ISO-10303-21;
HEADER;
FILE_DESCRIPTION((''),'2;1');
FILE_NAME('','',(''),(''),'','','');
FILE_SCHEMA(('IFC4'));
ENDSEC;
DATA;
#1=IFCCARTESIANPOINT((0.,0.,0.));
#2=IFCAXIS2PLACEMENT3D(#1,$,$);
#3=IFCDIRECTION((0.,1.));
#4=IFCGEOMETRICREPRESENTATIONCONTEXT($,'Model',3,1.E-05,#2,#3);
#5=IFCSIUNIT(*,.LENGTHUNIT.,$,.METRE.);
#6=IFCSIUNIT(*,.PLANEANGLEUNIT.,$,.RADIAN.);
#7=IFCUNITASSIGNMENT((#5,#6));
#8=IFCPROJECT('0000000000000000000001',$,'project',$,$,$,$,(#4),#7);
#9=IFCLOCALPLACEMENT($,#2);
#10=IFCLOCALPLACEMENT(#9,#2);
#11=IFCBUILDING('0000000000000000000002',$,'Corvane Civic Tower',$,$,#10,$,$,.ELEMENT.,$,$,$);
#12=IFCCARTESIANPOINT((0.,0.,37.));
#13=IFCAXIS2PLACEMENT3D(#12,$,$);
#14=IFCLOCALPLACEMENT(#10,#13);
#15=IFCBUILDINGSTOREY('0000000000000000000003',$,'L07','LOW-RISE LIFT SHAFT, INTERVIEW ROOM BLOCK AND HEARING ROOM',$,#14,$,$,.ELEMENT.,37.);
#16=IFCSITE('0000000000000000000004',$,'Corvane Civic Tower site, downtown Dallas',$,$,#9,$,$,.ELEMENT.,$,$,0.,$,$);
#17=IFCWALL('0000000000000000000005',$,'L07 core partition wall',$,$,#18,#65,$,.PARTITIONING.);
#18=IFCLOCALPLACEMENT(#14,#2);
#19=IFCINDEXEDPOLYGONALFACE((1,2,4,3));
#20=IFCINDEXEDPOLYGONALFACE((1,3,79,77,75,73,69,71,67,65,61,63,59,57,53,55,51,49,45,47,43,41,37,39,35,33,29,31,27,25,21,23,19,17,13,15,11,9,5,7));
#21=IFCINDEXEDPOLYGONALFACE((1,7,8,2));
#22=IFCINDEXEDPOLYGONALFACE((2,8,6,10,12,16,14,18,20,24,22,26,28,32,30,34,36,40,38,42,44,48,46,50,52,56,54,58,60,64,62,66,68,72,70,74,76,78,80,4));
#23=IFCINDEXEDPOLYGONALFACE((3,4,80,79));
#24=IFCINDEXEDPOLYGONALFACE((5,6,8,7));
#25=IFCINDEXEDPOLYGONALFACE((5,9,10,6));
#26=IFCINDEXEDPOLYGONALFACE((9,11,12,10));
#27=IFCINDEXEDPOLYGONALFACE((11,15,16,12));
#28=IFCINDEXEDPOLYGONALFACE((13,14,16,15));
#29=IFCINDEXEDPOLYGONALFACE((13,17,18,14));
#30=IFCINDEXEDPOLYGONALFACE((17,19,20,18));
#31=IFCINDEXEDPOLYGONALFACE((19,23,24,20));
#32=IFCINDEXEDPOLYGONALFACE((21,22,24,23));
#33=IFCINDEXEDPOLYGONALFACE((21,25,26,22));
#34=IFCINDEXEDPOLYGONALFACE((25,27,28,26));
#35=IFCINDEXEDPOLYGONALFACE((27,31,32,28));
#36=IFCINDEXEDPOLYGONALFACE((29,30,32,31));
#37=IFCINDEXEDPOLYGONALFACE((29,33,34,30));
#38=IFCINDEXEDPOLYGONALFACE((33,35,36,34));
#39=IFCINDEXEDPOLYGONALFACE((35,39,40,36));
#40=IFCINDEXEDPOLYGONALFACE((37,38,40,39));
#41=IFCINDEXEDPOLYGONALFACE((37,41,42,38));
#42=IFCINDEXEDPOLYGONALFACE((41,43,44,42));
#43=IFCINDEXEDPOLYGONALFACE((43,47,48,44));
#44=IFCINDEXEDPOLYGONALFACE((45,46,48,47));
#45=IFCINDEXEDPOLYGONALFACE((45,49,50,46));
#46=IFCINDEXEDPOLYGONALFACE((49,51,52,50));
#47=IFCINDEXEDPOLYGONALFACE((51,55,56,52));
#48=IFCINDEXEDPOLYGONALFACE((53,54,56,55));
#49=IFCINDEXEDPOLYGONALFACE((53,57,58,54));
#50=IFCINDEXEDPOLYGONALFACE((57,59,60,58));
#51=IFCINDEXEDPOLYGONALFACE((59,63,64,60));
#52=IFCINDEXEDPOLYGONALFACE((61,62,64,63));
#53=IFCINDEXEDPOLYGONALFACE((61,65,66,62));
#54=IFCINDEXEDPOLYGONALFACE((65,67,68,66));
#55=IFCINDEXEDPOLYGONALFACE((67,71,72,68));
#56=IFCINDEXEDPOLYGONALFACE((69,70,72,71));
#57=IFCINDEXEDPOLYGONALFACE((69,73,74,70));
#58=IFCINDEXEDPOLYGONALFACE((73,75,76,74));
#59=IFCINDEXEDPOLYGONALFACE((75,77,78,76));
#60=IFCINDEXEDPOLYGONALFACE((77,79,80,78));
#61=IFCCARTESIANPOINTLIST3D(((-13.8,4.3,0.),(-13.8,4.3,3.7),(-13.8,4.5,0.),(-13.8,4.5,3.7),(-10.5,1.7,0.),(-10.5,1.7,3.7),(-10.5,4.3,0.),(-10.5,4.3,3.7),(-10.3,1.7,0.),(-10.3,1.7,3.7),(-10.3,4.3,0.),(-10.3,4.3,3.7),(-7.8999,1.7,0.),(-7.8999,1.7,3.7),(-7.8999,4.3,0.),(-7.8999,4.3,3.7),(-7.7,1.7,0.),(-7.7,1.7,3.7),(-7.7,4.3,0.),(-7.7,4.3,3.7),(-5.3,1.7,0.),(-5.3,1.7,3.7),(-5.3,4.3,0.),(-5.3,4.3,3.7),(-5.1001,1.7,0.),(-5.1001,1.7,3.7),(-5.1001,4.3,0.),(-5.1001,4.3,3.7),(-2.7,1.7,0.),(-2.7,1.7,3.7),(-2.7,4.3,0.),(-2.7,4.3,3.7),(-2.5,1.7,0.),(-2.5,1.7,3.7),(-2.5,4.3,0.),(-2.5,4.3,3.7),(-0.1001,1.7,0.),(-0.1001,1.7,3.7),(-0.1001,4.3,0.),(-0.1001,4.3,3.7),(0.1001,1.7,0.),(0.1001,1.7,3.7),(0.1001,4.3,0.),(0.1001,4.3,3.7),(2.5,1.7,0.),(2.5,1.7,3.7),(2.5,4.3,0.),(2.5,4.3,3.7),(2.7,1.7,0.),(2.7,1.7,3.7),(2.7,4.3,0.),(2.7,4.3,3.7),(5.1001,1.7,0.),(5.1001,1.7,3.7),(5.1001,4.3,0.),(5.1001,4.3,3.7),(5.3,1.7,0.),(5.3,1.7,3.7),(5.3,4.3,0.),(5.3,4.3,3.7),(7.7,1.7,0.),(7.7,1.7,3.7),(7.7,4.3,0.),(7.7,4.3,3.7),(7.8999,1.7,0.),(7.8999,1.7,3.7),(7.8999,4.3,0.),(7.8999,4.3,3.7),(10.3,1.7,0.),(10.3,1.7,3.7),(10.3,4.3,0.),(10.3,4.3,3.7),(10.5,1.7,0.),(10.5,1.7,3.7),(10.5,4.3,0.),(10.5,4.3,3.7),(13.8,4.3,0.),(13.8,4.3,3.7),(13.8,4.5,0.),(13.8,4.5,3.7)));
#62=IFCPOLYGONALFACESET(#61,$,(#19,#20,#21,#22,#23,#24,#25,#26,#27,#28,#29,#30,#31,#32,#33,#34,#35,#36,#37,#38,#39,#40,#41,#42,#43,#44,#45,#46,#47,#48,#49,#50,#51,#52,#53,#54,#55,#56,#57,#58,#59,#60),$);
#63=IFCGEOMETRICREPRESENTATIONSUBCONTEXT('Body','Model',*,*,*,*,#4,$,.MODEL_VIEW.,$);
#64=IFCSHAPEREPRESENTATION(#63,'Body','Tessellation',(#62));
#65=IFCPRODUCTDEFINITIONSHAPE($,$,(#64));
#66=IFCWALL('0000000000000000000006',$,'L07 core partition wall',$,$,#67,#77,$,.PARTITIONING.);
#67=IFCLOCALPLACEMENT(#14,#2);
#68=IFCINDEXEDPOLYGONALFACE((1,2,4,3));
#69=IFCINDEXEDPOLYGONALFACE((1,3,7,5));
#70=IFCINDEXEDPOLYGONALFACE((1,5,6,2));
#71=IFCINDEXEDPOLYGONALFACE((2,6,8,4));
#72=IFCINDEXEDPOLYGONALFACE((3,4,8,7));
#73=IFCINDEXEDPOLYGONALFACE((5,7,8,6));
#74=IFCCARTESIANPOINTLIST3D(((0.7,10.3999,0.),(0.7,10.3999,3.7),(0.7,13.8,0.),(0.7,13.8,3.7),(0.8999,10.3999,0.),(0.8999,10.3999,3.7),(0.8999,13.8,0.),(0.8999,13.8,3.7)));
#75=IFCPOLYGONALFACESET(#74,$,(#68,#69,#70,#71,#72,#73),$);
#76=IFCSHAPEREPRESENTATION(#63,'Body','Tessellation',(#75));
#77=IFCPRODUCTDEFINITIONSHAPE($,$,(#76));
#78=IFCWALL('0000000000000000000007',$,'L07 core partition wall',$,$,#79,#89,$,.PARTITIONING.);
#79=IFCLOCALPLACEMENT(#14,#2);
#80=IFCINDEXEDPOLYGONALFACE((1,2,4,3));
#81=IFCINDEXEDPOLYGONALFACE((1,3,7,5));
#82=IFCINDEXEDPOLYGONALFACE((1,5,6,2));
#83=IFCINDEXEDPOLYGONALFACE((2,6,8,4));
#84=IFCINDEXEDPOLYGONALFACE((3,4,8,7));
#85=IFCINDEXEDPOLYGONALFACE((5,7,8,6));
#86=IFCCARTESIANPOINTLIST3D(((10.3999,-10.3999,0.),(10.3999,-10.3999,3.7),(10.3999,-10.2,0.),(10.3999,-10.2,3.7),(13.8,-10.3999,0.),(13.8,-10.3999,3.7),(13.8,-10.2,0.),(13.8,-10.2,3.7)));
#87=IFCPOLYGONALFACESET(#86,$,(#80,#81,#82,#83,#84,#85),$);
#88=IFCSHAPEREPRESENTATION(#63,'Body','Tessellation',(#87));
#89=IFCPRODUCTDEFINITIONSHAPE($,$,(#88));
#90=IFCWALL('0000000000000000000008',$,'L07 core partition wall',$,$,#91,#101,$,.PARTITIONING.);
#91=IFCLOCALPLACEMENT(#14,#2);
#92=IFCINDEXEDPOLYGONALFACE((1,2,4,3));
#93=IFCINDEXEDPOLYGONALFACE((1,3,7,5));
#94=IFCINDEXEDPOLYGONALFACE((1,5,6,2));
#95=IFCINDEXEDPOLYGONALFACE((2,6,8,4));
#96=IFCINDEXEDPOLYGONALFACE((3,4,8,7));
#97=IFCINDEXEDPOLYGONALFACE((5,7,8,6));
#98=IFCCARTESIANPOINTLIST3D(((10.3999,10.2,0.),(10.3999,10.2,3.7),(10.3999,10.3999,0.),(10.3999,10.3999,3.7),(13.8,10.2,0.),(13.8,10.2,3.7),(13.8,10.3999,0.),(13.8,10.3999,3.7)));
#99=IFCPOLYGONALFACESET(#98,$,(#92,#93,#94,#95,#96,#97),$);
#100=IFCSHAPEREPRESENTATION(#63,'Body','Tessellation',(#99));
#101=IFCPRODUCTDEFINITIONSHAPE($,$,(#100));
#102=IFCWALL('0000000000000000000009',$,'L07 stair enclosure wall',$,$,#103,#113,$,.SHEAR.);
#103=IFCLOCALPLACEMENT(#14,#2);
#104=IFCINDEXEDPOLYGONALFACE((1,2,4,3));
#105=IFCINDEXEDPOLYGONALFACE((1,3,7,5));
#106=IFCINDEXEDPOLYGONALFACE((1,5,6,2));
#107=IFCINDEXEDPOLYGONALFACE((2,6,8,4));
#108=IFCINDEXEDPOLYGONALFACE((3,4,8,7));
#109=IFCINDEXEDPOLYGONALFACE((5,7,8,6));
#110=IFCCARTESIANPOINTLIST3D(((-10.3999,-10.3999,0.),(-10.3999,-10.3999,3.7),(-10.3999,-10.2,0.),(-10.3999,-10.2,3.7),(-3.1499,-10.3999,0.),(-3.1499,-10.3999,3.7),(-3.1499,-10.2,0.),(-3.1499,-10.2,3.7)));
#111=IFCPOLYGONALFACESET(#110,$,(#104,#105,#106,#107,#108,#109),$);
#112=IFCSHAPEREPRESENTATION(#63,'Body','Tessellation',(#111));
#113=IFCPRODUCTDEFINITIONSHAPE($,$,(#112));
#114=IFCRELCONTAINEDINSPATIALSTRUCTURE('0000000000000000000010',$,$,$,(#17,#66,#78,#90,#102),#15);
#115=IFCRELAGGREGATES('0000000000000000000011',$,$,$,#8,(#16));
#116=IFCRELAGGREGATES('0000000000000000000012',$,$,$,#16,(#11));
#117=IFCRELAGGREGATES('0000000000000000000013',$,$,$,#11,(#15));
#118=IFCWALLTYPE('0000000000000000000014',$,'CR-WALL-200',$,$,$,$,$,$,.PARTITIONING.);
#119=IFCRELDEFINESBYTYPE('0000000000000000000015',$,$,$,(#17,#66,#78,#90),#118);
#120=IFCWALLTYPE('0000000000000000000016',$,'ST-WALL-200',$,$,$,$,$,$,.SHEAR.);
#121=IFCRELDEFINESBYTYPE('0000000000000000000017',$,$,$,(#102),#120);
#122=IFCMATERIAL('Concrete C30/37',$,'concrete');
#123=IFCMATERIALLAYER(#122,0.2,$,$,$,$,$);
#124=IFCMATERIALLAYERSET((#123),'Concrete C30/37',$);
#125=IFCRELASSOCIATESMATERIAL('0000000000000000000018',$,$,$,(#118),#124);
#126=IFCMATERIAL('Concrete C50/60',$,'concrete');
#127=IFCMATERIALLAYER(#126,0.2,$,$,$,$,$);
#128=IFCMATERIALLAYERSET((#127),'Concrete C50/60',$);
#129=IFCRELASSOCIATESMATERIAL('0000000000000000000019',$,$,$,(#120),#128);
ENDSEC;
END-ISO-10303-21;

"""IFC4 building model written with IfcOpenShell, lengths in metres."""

from ifc_helpers import new_model, si_unit, direction, frame, origin, place, context, subcontext, project, spatial, polyline, outline, extrude, material, layer, layer_set, type_object, element, save


model = new_model("IFC4")

# Units and contexts
model_context = context("Model", 3, precision=1e-05, world=origin(), true_north=direction((0.0, 1.0)))
body_context = subcontext(model_context, "Body", "Model", "MODEL_VIEW")
ifc_project = project(units=[si_unit("LENGTHUNIT", "METRE"), si_unit("PLANEANGLEUNIT", "RADIAN")], contexts=[model_context])

# Site, building, storey
site_placement = place(None, origin())
site = spatial("IfcSite", under=ifc_project, at=site_placement, Name="Corvane Civic Tower site, downtown Dallas", CompositionType="ELEMENT", RefElevation=0.0)
building_placement = place(site_placement, origin())
building = spatial("IfcBuilding", under=site, at=building_placement, Name="Corvane Civic Tower", CompositionType="ELEMENT")
storey_placement = place(building_placement, frame((0.0, 0.0, 37.0)))
storey = spatial("IfcBuildingStorey", under=building, at=storey_placement, Name="L07", Description="LOW-RISE LIFT SHAFT, INTERVIEW ROOM BLOCK AND HEARING ROOM", CompositionType="ELEMENT", Elevation=37.0)

# Walls
ifc_material_1 = material(Name="Concrete C30/37", Category="concrete")
ifc_layer_1 = layer(ifc_material_1, 0.2)
ifc_layer_set_1 = layer_set([ifc_layer_1], Name="Concrete C30/37")
wall_type_1 = type_object("IfcWallType", Name="CR-WALL-200", PredefinedType="PARTITIONING", material=ifc_layer_set_1)
wall_1_placement = place(storey_placement, origin())
element("IfcWall", 1, at=wall_1_placement, inside=storey, type_object=wall_type_1, Name="L07 core partition wall", PredefinedType="PARTITIONING", context=body_context, shape_type="SweptSolid", body=[
    extrude(outline(polyline([(-10.3, 1.7), (-10.5, 1.7), (-10.5, 4.3), (-13.8, 4.3), (-13.8, 4.5), (13.8, 4.5), (13.8, 4.3), (10.5, 4.3), (10.5, 1.7), (10.3, 1.7), (10.3, 4.3), (7.8999, 4.3), (7.8999, 1.7), (7.7, 1.7), (7.7, 4.3), (5.3, 4.3), (5.3, 1.7), (5.1001, 1.7), (5.1001, 4.3), (2.7, 4.3), (2.7, 1.7), (2.5, 1.7), (2.5, 4.3), (0.1001, 4.3), (0.1001, 1.7), (-0.1001, 1.7), (-0.1001, 4.3), (-2.5, 4.3), (-2.5, 1.7), (-2.7, 1.7), (-2.7, 4.3), (-5.1001, 4.3), (-5.1001, 1.7), (-5.3, 1.7), (-5.3, 4.3), (-7.7, 4.3), (-7.7, 1.7), (-7.8999, 1.7), (-7.8999, 4.3), (-10.3, 4.3), (-10.3, 1.7)])), origin(), (0.0, 0.0, 1.0), 3.7),
])
wall_2_placement = place(storey_placement, origin())
element("IfcWall", 2, at=wall_2_placement, inside=storey, type_object=wall_type_1, Name="L07 core partition wall", PredefinedType="PARTITIONING", context=body_context, shape_type="SweptSolid", body=[
    extrude(outline(polyline([(0.8999, 13.8), (0.8999, 10.3999), (0.7, 10.3999), (0.7, 13.8), (0.8999, 13.8)])), origin(), (0.0, 0.0, 1.0), 3.7),
])
wall_3_placement = place(storey_placement, origin())
element("IfcWall", 3, at=wall_3_placement, inside=storey, type_object=wall_type_1, Name="L07 core partition wall", PredefinedType="PARTITIONING", context=body_context, shape_type="SweptSolid", body=[
    extrude(outline(polyline([(10.3999, -10.3999), (10.3999, -10.2), (13.8, -10.2), (13.8, -10.3999), (10.3999, -10.3999)])), origin(), (0.0, 0.0, 1.0), 3.7),
])
wall_4_placement = place(storey_placement, origin())
element("IfcWall", 4, at=wall_4_placement, inside=storey, type_object=wall_type_1, Name="L07 core partition wall", PredefinedType="PARTITIONING", context=body_context, shape_type="SweptSolid", body=[
    extrude(outline(polyline([(10.3999, 10.2), (10.3999, 10.3999), (13.8, 10.3999), (13.8, 10.2), (10.3999, 10.2)])), origin(), (0.0, 0.0, 1.0), 3.7),
])
ifc_material_2 = material(Name="Concrete C50/60", Category="concrete")
ifc_layer_2 = layer(ifc_material_2, 0.2)
ifc_layer_set_2 = layer_set([ifc_layer_2], Name="Concrete C50/60")
wall_type_2 = type_object("IfcWallType", Name="ST-WALL-200", PredefinedType="SHEAR", material=ifc_layer_set_2)
wall_5_placement = place(storey_placement, origin())
element("IfcWall", 5, at=wall_5_placement, inside=storey, type_object=wall_type_2, Name="L07 stair enclosure wall", PredefinedType="SHEAR", context=body_context, shape_type="SweptSolid", body=[
    extrude(outline(polyline([(-3.1499, -10.2), (-3.1499, -10.3999), (-10.3999, -10.3999), (-10.3999, -10.2), (-3.1499, -10.2)])), origin(), (0.0, 0.0, 1.0), 3.7),
])

save(model, "model.ifc")
